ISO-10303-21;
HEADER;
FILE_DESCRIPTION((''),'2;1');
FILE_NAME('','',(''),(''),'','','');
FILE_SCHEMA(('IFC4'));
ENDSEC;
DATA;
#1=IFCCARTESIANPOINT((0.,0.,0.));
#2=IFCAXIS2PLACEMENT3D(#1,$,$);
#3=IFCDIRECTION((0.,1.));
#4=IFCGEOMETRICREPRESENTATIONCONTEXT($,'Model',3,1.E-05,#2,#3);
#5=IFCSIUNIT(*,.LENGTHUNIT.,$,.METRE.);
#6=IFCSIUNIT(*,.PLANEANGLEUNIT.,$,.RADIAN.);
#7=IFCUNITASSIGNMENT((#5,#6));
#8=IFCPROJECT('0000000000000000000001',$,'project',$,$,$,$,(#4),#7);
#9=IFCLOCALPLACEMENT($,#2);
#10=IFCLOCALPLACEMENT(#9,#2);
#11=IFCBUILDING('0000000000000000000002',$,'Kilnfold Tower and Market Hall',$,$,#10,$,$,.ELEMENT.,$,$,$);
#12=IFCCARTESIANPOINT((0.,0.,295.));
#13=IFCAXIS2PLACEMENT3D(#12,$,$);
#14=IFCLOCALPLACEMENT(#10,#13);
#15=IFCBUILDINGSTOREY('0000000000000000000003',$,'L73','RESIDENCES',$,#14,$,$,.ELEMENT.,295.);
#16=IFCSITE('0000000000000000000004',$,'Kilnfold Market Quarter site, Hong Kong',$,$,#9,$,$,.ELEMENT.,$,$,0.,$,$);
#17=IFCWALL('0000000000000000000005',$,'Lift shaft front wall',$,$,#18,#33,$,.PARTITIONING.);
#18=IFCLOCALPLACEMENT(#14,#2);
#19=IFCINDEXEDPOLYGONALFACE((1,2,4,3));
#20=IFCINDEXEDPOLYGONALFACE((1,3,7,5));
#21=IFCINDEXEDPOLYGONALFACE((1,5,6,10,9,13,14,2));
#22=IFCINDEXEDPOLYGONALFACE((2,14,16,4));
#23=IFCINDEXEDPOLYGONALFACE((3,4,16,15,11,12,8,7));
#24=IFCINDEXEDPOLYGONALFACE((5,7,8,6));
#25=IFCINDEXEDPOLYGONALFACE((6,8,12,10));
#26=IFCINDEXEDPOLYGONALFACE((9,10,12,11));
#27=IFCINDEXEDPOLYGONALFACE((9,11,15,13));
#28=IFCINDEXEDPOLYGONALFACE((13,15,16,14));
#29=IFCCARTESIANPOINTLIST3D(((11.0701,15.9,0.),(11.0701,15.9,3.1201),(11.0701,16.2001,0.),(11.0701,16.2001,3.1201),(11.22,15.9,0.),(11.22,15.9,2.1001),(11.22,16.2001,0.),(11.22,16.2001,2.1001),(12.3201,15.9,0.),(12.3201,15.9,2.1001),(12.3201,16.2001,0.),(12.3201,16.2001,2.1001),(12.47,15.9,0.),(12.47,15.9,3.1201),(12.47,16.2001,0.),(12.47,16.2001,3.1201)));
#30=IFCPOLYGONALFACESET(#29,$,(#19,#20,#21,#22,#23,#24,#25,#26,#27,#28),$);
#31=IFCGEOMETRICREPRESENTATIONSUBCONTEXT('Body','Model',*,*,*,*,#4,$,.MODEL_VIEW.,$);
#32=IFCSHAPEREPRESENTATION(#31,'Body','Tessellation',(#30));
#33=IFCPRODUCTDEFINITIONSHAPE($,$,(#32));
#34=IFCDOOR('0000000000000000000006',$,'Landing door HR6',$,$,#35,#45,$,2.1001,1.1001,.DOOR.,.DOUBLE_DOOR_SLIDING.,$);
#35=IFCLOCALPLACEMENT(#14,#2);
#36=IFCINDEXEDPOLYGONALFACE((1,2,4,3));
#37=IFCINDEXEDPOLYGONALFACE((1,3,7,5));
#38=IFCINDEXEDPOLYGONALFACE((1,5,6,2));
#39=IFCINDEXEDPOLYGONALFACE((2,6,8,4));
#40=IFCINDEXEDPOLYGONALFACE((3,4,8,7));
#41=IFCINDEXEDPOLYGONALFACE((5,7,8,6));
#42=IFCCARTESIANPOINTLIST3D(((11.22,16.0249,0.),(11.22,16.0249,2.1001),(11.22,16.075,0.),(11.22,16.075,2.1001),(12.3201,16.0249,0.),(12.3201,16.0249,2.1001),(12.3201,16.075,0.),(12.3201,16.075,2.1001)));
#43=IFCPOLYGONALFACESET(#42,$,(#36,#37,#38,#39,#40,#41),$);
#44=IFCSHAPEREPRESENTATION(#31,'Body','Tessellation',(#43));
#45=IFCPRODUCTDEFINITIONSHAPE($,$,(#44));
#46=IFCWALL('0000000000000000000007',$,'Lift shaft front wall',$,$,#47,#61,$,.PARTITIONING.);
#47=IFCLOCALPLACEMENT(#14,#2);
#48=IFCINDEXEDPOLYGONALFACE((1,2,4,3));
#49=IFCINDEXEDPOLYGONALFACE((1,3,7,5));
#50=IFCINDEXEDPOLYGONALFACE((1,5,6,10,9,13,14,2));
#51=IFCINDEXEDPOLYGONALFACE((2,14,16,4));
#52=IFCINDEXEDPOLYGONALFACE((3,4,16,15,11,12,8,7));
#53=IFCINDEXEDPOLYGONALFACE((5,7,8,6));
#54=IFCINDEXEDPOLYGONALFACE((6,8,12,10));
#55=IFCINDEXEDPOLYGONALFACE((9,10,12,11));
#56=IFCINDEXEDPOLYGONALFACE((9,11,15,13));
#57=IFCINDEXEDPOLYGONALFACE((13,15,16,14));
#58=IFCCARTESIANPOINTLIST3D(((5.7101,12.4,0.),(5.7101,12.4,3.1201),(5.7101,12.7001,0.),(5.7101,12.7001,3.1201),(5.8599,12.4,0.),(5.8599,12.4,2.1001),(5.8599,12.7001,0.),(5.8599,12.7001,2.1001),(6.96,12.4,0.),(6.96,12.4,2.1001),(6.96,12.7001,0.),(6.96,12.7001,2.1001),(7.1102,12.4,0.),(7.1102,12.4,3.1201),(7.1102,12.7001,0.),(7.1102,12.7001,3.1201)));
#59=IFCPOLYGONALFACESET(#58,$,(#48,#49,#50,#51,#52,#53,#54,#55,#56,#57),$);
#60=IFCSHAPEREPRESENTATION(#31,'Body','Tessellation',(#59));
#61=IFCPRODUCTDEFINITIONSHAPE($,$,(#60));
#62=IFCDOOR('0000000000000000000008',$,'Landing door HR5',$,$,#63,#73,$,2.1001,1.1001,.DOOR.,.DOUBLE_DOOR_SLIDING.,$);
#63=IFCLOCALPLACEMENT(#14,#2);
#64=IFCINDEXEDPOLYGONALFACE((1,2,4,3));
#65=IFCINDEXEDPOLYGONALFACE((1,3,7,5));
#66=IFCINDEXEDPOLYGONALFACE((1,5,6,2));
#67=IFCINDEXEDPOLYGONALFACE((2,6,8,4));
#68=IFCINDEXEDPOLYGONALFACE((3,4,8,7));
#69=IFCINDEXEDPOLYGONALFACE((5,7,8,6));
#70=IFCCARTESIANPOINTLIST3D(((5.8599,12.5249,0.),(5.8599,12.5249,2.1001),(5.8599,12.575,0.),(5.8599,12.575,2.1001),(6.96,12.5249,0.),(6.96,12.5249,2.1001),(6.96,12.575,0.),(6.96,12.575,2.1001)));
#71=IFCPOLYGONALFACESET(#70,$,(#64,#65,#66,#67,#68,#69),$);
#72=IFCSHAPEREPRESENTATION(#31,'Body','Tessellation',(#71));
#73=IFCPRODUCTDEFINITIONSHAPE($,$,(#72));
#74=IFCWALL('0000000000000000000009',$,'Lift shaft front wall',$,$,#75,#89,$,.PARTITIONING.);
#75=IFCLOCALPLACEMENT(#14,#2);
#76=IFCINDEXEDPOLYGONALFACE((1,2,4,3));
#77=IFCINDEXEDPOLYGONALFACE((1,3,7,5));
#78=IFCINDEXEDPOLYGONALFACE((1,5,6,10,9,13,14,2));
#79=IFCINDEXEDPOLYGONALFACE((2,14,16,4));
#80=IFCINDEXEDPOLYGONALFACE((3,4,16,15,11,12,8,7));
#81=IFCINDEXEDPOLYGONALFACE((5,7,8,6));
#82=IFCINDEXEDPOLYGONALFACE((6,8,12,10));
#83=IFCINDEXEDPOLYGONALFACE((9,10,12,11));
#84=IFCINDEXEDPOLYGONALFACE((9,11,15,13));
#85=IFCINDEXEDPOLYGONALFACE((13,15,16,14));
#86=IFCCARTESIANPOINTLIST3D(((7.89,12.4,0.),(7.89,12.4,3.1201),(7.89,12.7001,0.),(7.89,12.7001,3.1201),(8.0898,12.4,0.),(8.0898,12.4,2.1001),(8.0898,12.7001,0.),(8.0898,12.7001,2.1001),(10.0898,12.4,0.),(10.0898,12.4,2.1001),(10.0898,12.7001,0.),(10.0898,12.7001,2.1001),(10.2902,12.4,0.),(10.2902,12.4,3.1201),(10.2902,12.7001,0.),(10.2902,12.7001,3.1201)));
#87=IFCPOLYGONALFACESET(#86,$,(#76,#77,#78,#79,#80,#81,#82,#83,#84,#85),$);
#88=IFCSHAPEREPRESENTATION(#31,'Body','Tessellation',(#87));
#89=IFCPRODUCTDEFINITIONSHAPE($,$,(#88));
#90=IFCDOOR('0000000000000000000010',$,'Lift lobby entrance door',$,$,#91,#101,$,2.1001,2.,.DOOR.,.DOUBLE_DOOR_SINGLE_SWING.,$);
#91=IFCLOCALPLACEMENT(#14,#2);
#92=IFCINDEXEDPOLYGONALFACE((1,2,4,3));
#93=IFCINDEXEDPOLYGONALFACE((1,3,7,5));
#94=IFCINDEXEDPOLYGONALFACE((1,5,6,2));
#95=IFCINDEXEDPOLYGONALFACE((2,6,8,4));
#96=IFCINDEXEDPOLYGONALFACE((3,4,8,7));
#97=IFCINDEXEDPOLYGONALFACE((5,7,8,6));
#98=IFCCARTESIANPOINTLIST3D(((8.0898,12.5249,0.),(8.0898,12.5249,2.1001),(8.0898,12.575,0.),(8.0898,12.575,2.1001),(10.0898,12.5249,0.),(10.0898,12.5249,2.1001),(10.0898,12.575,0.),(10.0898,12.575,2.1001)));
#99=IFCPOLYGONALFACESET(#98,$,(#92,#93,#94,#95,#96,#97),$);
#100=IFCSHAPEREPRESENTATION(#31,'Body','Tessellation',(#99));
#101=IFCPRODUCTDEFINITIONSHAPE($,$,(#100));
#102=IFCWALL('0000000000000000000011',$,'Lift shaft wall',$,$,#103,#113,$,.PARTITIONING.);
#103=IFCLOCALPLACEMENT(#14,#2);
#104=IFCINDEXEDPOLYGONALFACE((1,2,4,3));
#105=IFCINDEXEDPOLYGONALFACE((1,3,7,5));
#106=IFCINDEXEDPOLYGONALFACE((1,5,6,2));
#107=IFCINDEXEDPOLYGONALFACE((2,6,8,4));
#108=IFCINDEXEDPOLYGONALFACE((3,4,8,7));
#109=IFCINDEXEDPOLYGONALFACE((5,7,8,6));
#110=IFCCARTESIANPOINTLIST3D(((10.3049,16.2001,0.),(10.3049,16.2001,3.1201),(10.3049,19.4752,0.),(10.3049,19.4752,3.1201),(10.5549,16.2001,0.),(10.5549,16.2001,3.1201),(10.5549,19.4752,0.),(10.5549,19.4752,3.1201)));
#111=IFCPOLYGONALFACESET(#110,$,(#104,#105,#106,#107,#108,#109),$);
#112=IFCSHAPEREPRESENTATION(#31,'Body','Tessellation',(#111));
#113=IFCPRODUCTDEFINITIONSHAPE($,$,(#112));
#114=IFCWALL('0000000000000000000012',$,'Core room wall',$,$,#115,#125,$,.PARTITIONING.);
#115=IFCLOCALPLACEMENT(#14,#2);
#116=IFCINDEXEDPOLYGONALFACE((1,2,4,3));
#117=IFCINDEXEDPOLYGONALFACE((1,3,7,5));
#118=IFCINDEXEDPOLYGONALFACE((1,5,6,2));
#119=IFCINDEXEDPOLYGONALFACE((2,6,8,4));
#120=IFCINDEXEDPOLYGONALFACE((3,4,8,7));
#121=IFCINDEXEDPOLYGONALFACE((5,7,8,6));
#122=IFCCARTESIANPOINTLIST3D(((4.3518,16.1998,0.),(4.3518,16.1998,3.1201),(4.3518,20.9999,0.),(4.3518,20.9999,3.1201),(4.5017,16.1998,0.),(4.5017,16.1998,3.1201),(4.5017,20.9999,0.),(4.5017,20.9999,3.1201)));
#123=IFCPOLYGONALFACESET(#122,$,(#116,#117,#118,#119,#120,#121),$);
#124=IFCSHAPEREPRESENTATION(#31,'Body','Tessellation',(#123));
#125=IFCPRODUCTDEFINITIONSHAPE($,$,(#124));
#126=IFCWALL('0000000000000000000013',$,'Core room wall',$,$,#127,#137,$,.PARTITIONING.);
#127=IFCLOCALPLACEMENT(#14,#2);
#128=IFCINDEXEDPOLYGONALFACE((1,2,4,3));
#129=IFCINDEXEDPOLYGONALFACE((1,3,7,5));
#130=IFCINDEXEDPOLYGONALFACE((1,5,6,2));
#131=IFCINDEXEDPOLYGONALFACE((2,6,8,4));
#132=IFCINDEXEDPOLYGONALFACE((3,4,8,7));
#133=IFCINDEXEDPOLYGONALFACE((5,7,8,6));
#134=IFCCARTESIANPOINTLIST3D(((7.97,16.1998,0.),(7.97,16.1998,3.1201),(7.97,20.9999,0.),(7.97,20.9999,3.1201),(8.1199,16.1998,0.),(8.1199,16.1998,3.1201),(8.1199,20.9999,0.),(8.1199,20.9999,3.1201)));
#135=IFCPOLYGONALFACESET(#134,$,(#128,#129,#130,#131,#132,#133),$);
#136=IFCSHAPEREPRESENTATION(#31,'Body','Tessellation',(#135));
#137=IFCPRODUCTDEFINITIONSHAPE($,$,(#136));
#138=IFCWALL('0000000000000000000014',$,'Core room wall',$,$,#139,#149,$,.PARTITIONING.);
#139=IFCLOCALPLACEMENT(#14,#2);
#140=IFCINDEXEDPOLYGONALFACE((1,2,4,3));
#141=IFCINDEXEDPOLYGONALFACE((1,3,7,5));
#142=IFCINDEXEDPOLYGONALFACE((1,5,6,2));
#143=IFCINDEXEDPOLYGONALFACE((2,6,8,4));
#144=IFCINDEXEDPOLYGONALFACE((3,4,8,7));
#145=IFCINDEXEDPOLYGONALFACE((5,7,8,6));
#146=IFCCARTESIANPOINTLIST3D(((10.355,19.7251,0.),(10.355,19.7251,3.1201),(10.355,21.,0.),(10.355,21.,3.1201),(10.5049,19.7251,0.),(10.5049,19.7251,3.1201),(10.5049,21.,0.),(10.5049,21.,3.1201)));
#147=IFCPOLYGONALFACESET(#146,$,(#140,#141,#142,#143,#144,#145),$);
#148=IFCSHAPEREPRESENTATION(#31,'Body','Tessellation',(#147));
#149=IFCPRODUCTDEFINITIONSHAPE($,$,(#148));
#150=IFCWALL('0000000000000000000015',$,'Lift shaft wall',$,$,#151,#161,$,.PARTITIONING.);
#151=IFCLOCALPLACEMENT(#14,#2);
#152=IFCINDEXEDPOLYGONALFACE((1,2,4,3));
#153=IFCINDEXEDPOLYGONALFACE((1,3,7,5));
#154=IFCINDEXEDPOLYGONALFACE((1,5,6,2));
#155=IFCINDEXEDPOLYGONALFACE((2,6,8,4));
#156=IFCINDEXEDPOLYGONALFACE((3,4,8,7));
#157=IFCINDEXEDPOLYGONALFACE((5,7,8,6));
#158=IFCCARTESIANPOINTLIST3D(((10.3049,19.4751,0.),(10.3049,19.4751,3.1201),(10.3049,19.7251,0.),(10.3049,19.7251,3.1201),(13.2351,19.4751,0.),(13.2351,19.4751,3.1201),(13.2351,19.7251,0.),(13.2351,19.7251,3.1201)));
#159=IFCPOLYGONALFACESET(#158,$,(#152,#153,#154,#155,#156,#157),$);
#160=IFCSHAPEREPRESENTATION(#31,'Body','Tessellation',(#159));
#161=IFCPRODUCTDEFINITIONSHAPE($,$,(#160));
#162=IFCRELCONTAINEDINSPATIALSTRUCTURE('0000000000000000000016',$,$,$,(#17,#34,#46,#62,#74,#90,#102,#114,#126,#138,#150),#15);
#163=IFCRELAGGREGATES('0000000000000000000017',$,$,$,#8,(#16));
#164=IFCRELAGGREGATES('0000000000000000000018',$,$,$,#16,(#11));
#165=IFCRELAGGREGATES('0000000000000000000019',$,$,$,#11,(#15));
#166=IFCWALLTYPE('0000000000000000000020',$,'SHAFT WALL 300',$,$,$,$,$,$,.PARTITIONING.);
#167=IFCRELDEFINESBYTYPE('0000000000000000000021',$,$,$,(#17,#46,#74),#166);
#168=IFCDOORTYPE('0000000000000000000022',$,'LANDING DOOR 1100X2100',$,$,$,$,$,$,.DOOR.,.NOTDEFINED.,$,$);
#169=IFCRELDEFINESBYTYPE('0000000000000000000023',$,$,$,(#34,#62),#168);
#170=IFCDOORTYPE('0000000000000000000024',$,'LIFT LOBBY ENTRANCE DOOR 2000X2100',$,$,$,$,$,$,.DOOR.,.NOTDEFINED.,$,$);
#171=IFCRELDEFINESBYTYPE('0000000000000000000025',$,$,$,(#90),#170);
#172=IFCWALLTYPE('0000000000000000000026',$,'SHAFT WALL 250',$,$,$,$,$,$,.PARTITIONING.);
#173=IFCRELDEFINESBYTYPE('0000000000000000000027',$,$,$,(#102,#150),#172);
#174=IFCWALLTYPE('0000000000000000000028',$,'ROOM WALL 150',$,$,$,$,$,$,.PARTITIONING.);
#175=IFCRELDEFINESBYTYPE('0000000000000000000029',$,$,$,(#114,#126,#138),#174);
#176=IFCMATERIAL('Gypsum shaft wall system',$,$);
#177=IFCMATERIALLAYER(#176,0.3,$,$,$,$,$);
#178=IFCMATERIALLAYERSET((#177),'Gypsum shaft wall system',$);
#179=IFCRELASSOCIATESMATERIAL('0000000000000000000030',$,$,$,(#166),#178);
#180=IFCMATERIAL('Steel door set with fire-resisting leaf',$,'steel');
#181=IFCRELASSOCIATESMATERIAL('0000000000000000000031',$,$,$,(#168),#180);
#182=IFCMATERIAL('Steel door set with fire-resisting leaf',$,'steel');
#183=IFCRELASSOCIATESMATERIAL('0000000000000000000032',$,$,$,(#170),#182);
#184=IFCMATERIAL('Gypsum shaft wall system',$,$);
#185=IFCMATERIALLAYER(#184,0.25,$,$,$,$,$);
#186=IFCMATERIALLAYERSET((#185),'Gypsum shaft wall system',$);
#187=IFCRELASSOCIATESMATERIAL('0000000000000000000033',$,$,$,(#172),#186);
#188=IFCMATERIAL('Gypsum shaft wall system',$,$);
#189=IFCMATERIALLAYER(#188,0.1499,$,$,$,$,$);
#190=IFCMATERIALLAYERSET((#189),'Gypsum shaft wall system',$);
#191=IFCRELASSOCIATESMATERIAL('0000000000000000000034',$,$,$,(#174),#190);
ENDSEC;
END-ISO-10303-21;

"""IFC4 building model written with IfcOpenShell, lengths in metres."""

from ifc_helpers import new_model, si_unit, direction, frame, frame_2d, origin, place, context, subcontext, project, spatial, rectangle, extrude, source, transform, mapped, material, layer, layer_set, type_object, element, fill, save


model = new_model("IFC4")

# Units and contexts
model_context = context("Model", 3, precision=1e-05, world=origin(), true_north=direction((0.0, 1.0)))
body_context = subcontext(model_context, "Body", "Model", "MODEL_VIEW")
ifc_project = project(units=[si_unit("LENGTHUNIT", "METRE"), si_unit("PLANEANGLEUNIT", "RADIAN")], contexts=[model_context])

# Site, building, storey
site_placement = place(None, origin())
site = spatial("IfcSite", under=ifc_project, at=site_placement, Name="Kilnfold Market Quarter site, Hong Kong", CompositionType="ELEMENT", RefElevation=0.0)
building_placement = place(site_placement, origin())
building = spatial("IfcBuilding", under=site, at=building_placement, Name="Kilnfold Tower and Market Hall", CompositionType="ELEMENT")
storey_placement = place(building_placement, frame((0.0, 0.0, 295.0)))
storey = spatial("IfcBuildingStorey", under=building, at=storey_placement, Name="L73", Description="RESIDENCES", CompositionType="ELEMENT", Elevation=295.0)

# Walls, openings, doors
ifc_material_1 = material(Name="Gypsum shaft wall system")
ifc_layer_1 = layer(ifc_material_1, 0.3)
ifc_layer_set_1 = layer_set([ifc_layer_1], Name="Gypsum shaft wall system")
wall_type_1 = type_object("IfcWallType", Name="SHAFT WALL 300", PredefinedType="PARTITIONING", material=ifc_layer_set_1)
shared_shape_1 = source(origin(), body_context, "Body", "SweptSolid", [
    extrude(rectangle(XDim=1.3999, YDim=0.3, at=frame_2d((0.7, 0.0))), origin(), (0.0, 0.0, 1.0), 3.1201),
])
wall_1_placement = place(storey_placement, frame((11.0701, 16.05, 0.0), z_axis=(0.0, 0.0, 1.0), x_axis=(1.0, 0.0, 0.0)))
wall_1 = element("IfcWall", 1, at=wall_1_placement, inside=storey, type_object=wall_type_1, Name="Lift shaft front wall", PredefinedType="PARTITIONING", context=body_context, shape_type="MappedRepresentation", body=[
    mapped(shared_shape_1, transform((0.0, 0.0, 0.0))),
])
opening_1_placement = place(wall_1_placement, frame((0.1499, 0.0, 0.0)))
opening_1 = element("IfcOpeningElement", 2, at=opening_1_placement, cuts=wall_1, PredefinedType="OPENING", context=body_context, shape_type="SweptSolid", body=[
    extrude(rectangle(XDim=1.1001, YDim=2.1001, at=frame_2d((0.55, 1.05))), frame((0.0, 0.1602, 0.0), z_axis=(0.0, -1.0, 0.0), x_axis=(1.0, 0.0, 0.0)), (0.0, 0.0, 1.0), 0.3201),
])
ifc_material_2 = material(Name="Steel door set with fire-resisting leaf", Category="steel")
door_type_1 = type_object("IfcDoorType", Name="LANDING DOOR 1100X2100", OperationType="NOTDEFINED", PredefinedType="DOOR", material=ifc_material_2)
door_1_placement = place(opening_1_placement, origin())
door_1 = element("IfcDoor", 3, at=door_1_placement, inside=storey, type_object=door_type_1, Name="Landing door HR6", OperationType="DOUBLE_DOOR_SLIDING", OverallHeight=2.1001, OverallWidth=1.1001, PredefinedType="DOOR", context=body_context, shape_type="SweptSolid", body=[
    extrude(rectangle(XDim=1.1001, YDim=2.1001, at=frame_2d((0.55, 1.05))), frame((0.0, 0.0249, 0.0), z_axis=(0.0, -1.0, 0.0), x_axis=(1.0, 0.0, 0.0)), (0.0, 0.0, 1.0), 0.05),
])
fill(opening_1, door_1)
shared_shape_2 = source(origin(), body_context, "Body", "SweptSolid", [
    extrude(rectangle(XDim=1.4001, YDim=0.3, at=frame_2d((0.7002, 0.0))), origin(), (0.0, 0.0, 1.0), 3.1201),
])
wall_2_placement = place(storey_placement, frame((5.71, 12.55, 0.0), z_axis=(0.0, 0.0, 1.0), x_axis=(1.0, 0.0, 0.0)))
wall_2 = element("IfcWall", 4, at=wall_2_placement, inside=storey, type_object=wall_type_1, Name="Lift shaft front wall", PredefinedType="PARTITIONING", context=body_context, shape_type="MappedRepresentation", body=[
    mapped(shared_shape_2, transform((0.0, 0.0, 0.0))),
])
opening_2_placement = place(wall_2_placement, frame((0.1499, 0.0, 0.0)))
opening_2 = element("IfcOpeningElement", 5, at=opening_2_placement, cuts=wall_2, PredefinedType="OPENING", context=body_context, shape_type="SweptSolid", body=[
    extrude(rectangle(XDim=1.1001, YDim=2.1001, at=frame_2d((0.55, 1.05))), frame((0.0, 0.1602, 0.0), z_axis=(0.0, -1.0, 0.0), x_axis=(1.0, 0.0, 0.0)), (0.0, 0.0, 1.0), 0.3201),
])
door_2_placement = place(opening_2_placement, origin())
door_2 = element("IfcDoor", 6, at=door_2_placement, inside=storey, type_object=door_type_1, Name="Landing door HR5", OperationType="DOUBLE_DOOR_SLIDING", OverallHeight=2.1001, OverallWidth=1.1001, PredefinedType="DOOR", context=body_context, shape_type="SweptSolid", body=[
    extrude(rectangle(XDim=1.1001, YDim=2.1001, at=frame_2d((0.55, 1.05))), frame((0.0, 0.0249, 0.0), z_axis=(0.0, -1.0, 0.0), x_axis=(1.0, 0.0, 0.0)), (0.0, 0.0, 1.0), 0.05),
])
fill(opening_2, door_2)
shared_shape_3 = source(origin(), body_context, "Body", "SweptSolid", [
    extrude(rectangle(XDim=2.4001, YDim=0.3, at=frame_2d((1.2002, 0.0))), origin(), (0.0, 0.0, 1.0), 3.1201),
])
wall_3_placement = place(storey_placement, frame((7.8899, 12.55, 0.0), z_axis=(0.0, 0.0, 1.0), x_axis=(1.0, 0.0, 0.0)))
wall_3 = element("IfcWall", 7, at=wall_3_placement, inside=storey, type_object=wall_type_1, Name="Lift shaft front wall", PredefinedType="PARTITIONING", context=body_context, shape_type="MappedRepresentation", body=[
    mapped(shared_shape_3, transform((0.0, 0.0, 0.0))),
])
opening_3_placement = place(wall_3_placement, frame((0.2, 0.0, 0.0)))
opening_3 = element("IfcOpeningElement", 8, at=opening_3_placement, cuts=wall_3, PredefinedType="OPENING", context=body_context, shape_type="SweptSolid", body=[
    extrude(rectangle(XDim=2.0, YDim=2.1001, at=frame_2d((1.0, 1.05))), frame((0.0, 0.1602, 0.0), z_axis=(0.0, -1.0, 0.0), x_axis=(1.0, 0.0, 0.0)), (0.0, 0.0, 1.0), 0.3201),
])
ifc_material_3 = material(Name="Steel door set with fire-resisting leaf", Category="steel")
door_type_2 = type_object("IfcDoorType", Name="LIFT LOBBY ENTRANCE DOOR 2000X2100", OperationType="NOTDEFINED", PredefinedType="DOOR", material=ifc_material_3)
door_3_placement = place(opening_3_placement, origin())
door_3 = element("IfcDoor", 9, at=door_3_placement, inside=storey, type_object=door_type_2, Name="Lift lobby entrance door", OperationType="DOUBLE_DOOR_SINGLE_SWING", OverallHeight=2.1001, OverallWidth=2.0, PredefinedType="DOOR", context=body_context, shape_type="SweptSolid", body=[
    extrude(rectangle(XDim=2.0, YDim=2.1001, at=frame_2d((1.0, 1.05))), frame((0.0, 0.0249, 0.0), z_axis=(0.0, -1.0, 0.0), x_axis=(1.0, 0.0, 0.0)), (0.0, 0.0, 1.0), 0.05),
])
fill(opening_3, door_3)

# Walls
ifc_material_4 = material(Name="Gypsum shaft wall system")
ifc_layer_2 = layer(ifc_material_4, 0.25)
ifc_layer_set_2 = layer_set([ifc_layer_2], Name="Gypsum shaft wall system")
wall_type_2 = type_object("IfcWallType", Name="SHAFT WALL 250", PredefinedType="PARTITIONING", material=ifc_layer_set_2)
shared_shape_4 = source(origin(), body_context, "Body", "SweptSolid", [
    extrude(rectangle(XDim=3.2751, YDim=0.25, at=frame_2d((1.6377, 0.0))), origin(), (0.0, 0.0, 1.0), 3.1201),
])
wall_4_placement = place(storey_placement, frame((10.4299, 16.2, 0.0), z_axis=(0.0, 0.0, 1.0), x_axis=(0.0, 1.0, 0.0)))
element("IfcWall", 10, at=wall_4_placement, inside=storey, type_object=wall_type_2, Name="Lift shaft wall", PredefinedType="PARTITIONING", context=body_context, shape_type="MappedRepresentation", body=[
    mapped(shared_shape_4, transform((0.0, 0.0, 0.0))),
])
ifc_material_5 = material(Name="Gypsum shaft wall system")
ifc_layer_3 = layer(ifc_material_5, 0.1499)
ifc_layer_set_3 = layer_set([ifc_layer_3], Name="Gypsum shaft wall system")
wall_type_3 = type_object("IfcWallType", Name="ROOM WALL 150", PredefinedType="PARTITIONING", material=ifc_layer_set_3)
shared_shape_5 = source(origin(), body_context, "Body", "SweptSolid", [
    extrude(rectangle(XDim=4.8, YDim=0.1499, at=frame_2d((2.3999, 0.0))), origin(), (0.0, 0.0, 1.0), 3.1201),
])
for number, where, z_axis, x_axis, name in (
    (11, (4.4268, 16.2, 0.0), (0.0, 0.0, 1.0), (0.0, 1.0, 0.0), "Core room wall"),
    (12, (8.0449, 16.2, 0.0), (0.0, 0.0, 1.0), (0.0, 1.0, 0.0), "Core room wall"),
):
    element("IfcWall", number, at=place(storey_placement, frame(where, z_axis=z_axis, x_axis=x_axis)), inside=storey, type_object=wall_type_3, Name=name, PredefinedType="PARTITIONING", context=body_context, shape_type="MappedRepresentation", body=[
        mapped(shared_shape_5, transform((0.0, 0.0, 0.0))),
    ])
shared_shape_6 = source(origin(), body_context, "Body", "SweptSolid", [
    extrude(rectangle(XDim=1.2749, YDim=0.1499, at=frame_2d((0.6375, 0.0))), origin(), (0.0, 0.0, 1.0), 3.1201),
])
wall_5_placement = place(storey_placement, frame((10.4299, 19.7251, 0.0), z_axis=(0.0, 0.0, 1.0), x_axis=(0.0, 1.0, 0.0)))
element("IfcWall", 13, at=wall_5_placement, inside=storey, type_object=wall_type_3, Name="Core room wall", PredefinedType="PARTITIONING", context=body_context, shape_type="MappedRepresentation", body=[
    mapped(shared_shape_6, transform((0.0, 0.0, 0.0))),
])
shared_shape_7 = source(origin(), body_context, "Body", "SweptSolid", [
    extrude(rectangle(XDim=2.9302, YDim=0.25, at=frame_2d((1.4651, 0.0))), origin(), (0.0, 0.0, 1.0), 3.1201),
])
wall_6_placement = place(storey_placement, frame((10.3049, 19.6001, 0.0), z_axis=(0.0, 0.0, 1.0), x_axis=(1.0, 0.0, 0.0)))
element("IfcWall", 14, at=wall_6_placement, inside=storey, type_object=wall_type_2, Name="Lift shaft wall", PredefinedType="PARTITIONING", context=body_context, shape_type="MappedRepresentation", body=[
    mapped(shared_shape_7, transform((0.0, 0.0, 0.0))),
])

save(model, "model.ifc")
